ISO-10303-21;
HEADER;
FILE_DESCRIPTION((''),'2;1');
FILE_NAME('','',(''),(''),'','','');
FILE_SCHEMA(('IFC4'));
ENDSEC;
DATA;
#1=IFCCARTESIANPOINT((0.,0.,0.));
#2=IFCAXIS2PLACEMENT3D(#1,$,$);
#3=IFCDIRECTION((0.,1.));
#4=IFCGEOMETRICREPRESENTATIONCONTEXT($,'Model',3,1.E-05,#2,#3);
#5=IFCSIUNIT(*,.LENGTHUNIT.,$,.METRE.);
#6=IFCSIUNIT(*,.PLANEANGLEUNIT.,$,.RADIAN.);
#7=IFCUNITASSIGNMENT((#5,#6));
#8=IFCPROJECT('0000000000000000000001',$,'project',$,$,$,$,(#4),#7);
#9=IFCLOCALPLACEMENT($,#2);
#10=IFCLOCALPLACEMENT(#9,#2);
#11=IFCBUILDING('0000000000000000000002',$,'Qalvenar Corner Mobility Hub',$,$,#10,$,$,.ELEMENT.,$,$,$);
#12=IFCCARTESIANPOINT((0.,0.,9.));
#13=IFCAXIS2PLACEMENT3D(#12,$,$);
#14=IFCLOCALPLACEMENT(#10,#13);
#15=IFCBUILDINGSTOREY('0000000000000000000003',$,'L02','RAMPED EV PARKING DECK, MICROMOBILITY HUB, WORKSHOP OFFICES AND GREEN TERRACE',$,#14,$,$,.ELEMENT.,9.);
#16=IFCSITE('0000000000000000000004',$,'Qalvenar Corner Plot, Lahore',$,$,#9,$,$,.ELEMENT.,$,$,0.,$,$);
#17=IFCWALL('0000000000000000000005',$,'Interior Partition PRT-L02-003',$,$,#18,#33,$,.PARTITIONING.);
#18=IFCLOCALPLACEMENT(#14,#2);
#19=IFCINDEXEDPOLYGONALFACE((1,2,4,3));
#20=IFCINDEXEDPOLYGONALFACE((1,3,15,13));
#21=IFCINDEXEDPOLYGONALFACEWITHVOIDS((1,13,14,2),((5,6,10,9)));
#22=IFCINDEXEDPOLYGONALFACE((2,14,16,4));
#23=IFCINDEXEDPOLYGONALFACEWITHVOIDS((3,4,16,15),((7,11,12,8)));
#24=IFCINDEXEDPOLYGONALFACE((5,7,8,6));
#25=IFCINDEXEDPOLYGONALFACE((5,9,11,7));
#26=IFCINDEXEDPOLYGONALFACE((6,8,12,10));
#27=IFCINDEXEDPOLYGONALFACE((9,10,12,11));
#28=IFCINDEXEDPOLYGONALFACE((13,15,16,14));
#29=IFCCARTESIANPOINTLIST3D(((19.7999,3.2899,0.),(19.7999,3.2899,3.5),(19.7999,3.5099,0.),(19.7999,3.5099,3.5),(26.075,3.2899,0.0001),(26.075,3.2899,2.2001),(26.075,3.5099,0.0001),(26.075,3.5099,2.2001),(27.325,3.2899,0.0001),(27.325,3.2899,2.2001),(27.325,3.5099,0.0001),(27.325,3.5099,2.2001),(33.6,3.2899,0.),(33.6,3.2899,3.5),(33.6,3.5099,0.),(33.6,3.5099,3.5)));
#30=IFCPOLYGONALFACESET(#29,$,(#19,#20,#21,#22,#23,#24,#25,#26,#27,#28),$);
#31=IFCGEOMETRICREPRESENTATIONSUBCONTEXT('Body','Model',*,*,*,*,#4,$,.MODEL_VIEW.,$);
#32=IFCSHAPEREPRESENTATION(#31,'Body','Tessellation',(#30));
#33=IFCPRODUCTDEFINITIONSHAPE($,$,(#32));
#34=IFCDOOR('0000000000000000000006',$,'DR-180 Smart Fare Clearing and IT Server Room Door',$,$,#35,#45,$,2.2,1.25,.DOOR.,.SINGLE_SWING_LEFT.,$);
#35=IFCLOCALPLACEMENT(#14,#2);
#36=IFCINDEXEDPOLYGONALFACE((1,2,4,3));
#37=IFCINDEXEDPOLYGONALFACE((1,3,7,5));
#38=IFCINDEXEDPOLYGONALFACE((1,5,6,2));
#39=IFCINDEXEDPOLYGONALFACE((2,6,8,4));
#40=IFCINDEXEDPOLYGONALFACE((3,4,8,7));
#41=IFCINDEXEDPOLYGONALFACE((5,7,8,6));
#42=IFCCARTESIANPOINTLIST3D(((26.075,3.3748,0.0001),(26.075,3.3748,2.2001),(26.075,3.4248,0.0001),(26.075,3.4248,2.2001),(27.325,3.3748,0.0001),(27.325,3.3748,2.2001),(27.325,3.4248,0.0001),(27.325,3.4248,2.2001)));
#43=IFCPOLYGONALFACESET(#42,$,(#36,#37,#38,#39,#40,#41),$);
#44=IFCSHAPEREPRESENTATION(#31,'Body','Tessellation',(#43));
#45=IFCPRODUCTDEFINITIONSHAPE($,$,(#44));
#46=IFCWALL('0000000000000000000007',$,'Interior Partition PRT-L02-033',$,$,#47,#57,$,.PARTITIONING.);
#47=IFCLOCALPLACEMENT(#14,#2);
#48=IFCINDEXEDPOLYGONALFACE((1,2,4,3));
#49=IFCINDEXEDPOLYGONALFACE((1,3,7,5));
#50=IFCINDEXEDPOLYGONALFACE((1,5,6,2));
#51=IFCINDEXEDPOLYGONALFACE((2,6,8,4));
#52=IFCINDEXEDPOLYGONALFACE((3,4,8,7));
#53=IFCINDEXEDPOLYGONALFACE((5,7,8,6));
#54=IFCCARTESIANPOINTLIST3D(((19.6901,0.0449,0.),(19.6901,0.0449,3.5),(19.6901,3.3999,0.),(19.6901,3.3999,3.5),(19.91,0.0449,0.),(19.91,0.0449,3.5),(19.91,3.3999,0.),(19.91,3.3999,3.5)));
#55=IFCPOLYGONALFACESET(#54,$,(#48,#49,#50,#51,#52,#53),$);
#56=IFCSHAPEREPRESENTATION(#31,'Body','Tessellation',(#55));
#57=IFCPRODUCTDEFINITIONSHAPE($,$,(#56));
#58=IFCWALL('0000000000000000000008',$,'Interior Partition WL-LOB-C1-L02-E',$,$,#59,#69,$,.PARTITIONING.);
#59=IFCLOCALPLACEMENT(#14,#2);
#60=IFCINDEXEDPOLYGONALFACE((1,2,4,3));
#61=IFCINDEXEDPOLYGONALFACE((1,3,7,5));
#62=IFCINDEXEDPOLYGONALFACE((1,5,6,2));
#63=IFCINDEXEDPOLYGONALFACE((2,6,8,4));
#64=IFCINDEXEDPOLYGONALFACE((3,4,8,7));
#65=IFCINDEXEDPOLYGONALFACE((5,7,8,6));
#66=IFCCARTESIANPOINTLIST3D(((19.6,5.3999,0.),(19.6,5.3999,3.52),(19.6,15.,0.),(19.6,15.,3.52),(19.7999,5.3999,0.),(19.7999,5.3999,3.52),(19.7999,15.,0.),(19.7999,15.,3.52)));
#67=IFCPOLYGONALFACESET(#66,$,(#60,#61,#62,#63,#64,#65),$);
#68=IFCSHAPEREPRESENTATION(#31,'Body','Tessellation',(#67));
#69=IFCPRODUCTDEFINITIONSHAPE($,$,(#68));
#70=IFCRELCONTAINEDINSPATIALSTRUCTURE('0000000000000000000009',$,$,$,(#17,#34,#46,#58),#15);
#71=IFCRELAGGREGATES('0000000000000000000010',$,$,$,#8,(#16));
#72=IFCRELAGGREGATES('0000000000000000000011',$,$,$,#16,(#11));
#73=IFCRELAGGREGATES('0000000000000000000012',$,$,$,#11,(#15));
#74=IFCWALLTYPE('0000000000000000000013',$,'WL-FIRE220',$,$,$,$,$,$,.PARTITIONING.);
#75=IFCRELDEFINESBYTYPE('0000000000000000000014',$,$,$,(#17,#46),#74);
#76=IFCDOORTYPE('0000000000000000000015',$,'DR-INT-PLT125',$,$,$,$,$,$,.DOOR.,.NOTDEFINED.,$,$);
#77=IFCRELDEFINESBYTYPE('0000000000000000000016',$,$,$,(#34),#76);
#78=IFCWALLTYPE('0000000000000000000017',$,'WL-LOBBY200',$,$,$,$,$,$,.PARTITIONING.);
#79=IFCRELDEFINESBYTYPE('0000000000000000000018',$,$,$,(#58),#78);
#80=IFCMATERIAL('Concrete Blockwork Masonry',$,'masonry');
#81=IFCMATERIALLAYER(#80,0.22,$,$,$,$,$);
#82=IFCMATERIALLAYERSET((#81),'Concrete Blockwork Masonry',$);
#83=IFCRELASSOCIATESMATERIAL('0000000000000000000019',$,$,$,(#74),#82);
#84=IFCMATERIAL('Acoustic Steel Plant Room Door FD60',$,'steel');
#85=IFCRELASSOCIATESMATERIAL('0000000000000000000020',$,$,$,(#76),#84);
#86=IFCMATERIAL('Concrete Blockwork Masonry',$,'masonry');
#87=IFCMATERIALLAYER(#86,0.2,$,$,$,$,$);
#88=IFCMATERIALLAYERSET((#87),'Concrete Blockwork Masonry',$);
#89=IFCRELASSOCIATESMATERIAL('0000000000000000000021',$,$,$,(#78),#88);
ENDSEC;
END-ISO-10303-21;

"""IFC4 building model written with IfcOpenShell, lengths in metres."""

from ifc_helpers import new_model, si_unit, direction, frame, frame_2d, origin, place, context, subcontext, project, spatial, rectangle, extrude, material, layer, layer_set, type_object, element, fill, save


model = new_model("IFC4")

# Units and contexts
model_context = context("Model", 3, precision=1e-05, world=origin(), true_north=direction((0.0, 1.0)))
body_context = subcontext(model_context, "Body", "Model", "MODEL_VIEW")
ifc_project = project(units=[si_unit("LENGTHUNIT", "METRE"), si_unit("PLANEANGLEUNIT", "RADIAN")], contexts=[model_context])

# Site, building, storey
site_placement = place(None, origin())
site = spatial("IfcSite", under=ifc_project, at=site_placement, Name="Qalvenar Corner Plot, Lahore", CompositionType="ELEMENT", RefElevation=0.0)
building_placement = place(site_placement, origin())
building = spatial("IfcBuilding", under=site, at=building_placement, Name="Qalvenar Corner Mobility Hub", CompositionType="ELEMENT")
storey_placement = place(building_placement, frame((0.0, 0.0, 9.0)))
storey = spatial("IfcBuildingStorey", under=building, at=storey_placement, Name="L02", Description="RAMPED EV PARKING DECK, MICROMOBILITY HUB, WORKSHOP OFFICES AND GREEN TERRACE", CompositionType="ELEMENT", Elevation=9.0)

# Wall, opening, door
ifc_material_1 = material(Name="Concrete Blockwork Masonry", Category="masonry")
ifc_layer_1 = layer(ifc_material_1, 0.22)
ifc_layer_set_1 = layer_set([ifc_layer_1], Name="Concrete Blockwork Masonry")
wall_type_1 = type_object("IfcWallType", Name="WL-FIRE220", PredefinedType="PARTITIONING", material=ifc_layer_set_1)
wall_1_placement = place(storey_placement, frame((19.8, 3.3999, 0.0), z_axis=(0.0, 0.0, 1.0), x_axis=(1.0, 0.0, 0.0)))
wall_1 = element("IfcWall", 1, at=wall_1_placement, inside=storey, type_object=wall_type_1, Name="Interior Partition PRT-L02-003", PredefinedType="PARTITIONING", context=body_context, shape_type="SweptSolid", body=[
    extrude(rectangle(XDim=13.8, YDim=0.22, at=frame_2d((6.8999, 0.0))), origin(), (0.0, 0.0, 1.0), 3.5),
])
opening_1_placement = place(wall_1_placement, frame((6.2749, 0.0, 0.0)))
opening_1 = element("IfcOpeningElement", 2, at=opening_1_placement, cuts=wall_1, PredefinedType="OPENING", context=body_context, shape_type="SweptSolid", body=[
    extrude(rectangle(XDim=1.25, YDim=2.2, at=frame_2d((0.625, 1.1001))), frame((0.0, 0.1201, 0.0), z_axis=(0.0, -1.0, 0.0), x_axis=(1.0, 0.0, 0.0)), (0.0, 0.0, 1.0), 0.24),
])
ifc_material_2 = material(Name="Acoustic Steel Plant Room Door FD60", Category="steel")
door_type_1 = type_object("IfcDoorType", Name="DR-INT-PLT125", OperationType="NOTDEFINED", PredefinedType="DOOR", material=ifc_material_2)
door_1_placement = place(opening_1_placement, origin())
door_1 = element("IfcDoor", 3, at=door_1_placement, inside=storey, type_object=door_type_1, Name="DR-180 Smart Fare Clearing and IT Server Room Door", OperationType="SINGLE_SWING_LEFT", OverallHeight=2.2, OverallWidth=1.25, PredefinedType="DOOR", context=body_context, shape_type="SweptSolid", body=[
    extrude(rectangle(XDim=1.25, YDim=2.2, at=frame_2d((0.625, 1.1001))), frame((0.0, 0.0249, 0.0), z_axis=(0.0, -1.0, 0.0), x_axis=(1.0, 0.0, 0.0)), (0.0, 0.0, 1.0), 0.05),
])
fill(opening_1, door_1)

# Walls
wall_2_placement = place(storey_placement, frame((19.8, 0.0449, 0.0), z_axis=(0.0, 0.0, 1.0), x_axis=(0.0, 1.0, 0.0)))
element("IfcWall", 4, at=wall_2_placement, inside=storey, type_object=wall_type_1, Name="Interior Partition PRT-L02-033", PredefinedType="PARTITIONING", context=body_context, shape_type="SweptSolid", body=[
    extrude(rectangle(XDim=3.355, YDim=0.22, at=frame_2d((1.6775, 0.0))), origin(), (0.0, 0.0, 1.0), 3.5),
])
ifc_material_3 = material(Name="Concrete Blockwork Masonry", Category="masonry")
ifc_layer_2 = layer(ifc_material_3, 0.2)
ifc_layer_set_2 = layer_set([ifc_layer_2], Name="Concrete Blockwork Masonry")
wall_type_2 = type_object("IfcWallType", Name="WL-LOBBY200", PredefinedType="PARTITIONING", material=ifc_layer_set_2)
wall_3_placement = place(storey_placement, frame((19.7, 5.3999, 0.0), z_axis=(0.0, 0.0, 1.0), x_axis=(0.0, 1.0, 0.0)))
element("IfcWall", 5, at=wall_3_placement, inside=storey, type_object=wall_type_2, Name="Interior Partition WL-LOB-C1-L02-E", PredefinedType="PARTITIONING", context=body_context, shape_type="SweptSolid", body=[
    extrude(rectangle(XDim=9.6001, YDim=0.2, at=frame_2d((4.8, 0.0))), origin(), (0.0, 0.0, 1.0), 3.52),
])

save(model, "model.ifc")
